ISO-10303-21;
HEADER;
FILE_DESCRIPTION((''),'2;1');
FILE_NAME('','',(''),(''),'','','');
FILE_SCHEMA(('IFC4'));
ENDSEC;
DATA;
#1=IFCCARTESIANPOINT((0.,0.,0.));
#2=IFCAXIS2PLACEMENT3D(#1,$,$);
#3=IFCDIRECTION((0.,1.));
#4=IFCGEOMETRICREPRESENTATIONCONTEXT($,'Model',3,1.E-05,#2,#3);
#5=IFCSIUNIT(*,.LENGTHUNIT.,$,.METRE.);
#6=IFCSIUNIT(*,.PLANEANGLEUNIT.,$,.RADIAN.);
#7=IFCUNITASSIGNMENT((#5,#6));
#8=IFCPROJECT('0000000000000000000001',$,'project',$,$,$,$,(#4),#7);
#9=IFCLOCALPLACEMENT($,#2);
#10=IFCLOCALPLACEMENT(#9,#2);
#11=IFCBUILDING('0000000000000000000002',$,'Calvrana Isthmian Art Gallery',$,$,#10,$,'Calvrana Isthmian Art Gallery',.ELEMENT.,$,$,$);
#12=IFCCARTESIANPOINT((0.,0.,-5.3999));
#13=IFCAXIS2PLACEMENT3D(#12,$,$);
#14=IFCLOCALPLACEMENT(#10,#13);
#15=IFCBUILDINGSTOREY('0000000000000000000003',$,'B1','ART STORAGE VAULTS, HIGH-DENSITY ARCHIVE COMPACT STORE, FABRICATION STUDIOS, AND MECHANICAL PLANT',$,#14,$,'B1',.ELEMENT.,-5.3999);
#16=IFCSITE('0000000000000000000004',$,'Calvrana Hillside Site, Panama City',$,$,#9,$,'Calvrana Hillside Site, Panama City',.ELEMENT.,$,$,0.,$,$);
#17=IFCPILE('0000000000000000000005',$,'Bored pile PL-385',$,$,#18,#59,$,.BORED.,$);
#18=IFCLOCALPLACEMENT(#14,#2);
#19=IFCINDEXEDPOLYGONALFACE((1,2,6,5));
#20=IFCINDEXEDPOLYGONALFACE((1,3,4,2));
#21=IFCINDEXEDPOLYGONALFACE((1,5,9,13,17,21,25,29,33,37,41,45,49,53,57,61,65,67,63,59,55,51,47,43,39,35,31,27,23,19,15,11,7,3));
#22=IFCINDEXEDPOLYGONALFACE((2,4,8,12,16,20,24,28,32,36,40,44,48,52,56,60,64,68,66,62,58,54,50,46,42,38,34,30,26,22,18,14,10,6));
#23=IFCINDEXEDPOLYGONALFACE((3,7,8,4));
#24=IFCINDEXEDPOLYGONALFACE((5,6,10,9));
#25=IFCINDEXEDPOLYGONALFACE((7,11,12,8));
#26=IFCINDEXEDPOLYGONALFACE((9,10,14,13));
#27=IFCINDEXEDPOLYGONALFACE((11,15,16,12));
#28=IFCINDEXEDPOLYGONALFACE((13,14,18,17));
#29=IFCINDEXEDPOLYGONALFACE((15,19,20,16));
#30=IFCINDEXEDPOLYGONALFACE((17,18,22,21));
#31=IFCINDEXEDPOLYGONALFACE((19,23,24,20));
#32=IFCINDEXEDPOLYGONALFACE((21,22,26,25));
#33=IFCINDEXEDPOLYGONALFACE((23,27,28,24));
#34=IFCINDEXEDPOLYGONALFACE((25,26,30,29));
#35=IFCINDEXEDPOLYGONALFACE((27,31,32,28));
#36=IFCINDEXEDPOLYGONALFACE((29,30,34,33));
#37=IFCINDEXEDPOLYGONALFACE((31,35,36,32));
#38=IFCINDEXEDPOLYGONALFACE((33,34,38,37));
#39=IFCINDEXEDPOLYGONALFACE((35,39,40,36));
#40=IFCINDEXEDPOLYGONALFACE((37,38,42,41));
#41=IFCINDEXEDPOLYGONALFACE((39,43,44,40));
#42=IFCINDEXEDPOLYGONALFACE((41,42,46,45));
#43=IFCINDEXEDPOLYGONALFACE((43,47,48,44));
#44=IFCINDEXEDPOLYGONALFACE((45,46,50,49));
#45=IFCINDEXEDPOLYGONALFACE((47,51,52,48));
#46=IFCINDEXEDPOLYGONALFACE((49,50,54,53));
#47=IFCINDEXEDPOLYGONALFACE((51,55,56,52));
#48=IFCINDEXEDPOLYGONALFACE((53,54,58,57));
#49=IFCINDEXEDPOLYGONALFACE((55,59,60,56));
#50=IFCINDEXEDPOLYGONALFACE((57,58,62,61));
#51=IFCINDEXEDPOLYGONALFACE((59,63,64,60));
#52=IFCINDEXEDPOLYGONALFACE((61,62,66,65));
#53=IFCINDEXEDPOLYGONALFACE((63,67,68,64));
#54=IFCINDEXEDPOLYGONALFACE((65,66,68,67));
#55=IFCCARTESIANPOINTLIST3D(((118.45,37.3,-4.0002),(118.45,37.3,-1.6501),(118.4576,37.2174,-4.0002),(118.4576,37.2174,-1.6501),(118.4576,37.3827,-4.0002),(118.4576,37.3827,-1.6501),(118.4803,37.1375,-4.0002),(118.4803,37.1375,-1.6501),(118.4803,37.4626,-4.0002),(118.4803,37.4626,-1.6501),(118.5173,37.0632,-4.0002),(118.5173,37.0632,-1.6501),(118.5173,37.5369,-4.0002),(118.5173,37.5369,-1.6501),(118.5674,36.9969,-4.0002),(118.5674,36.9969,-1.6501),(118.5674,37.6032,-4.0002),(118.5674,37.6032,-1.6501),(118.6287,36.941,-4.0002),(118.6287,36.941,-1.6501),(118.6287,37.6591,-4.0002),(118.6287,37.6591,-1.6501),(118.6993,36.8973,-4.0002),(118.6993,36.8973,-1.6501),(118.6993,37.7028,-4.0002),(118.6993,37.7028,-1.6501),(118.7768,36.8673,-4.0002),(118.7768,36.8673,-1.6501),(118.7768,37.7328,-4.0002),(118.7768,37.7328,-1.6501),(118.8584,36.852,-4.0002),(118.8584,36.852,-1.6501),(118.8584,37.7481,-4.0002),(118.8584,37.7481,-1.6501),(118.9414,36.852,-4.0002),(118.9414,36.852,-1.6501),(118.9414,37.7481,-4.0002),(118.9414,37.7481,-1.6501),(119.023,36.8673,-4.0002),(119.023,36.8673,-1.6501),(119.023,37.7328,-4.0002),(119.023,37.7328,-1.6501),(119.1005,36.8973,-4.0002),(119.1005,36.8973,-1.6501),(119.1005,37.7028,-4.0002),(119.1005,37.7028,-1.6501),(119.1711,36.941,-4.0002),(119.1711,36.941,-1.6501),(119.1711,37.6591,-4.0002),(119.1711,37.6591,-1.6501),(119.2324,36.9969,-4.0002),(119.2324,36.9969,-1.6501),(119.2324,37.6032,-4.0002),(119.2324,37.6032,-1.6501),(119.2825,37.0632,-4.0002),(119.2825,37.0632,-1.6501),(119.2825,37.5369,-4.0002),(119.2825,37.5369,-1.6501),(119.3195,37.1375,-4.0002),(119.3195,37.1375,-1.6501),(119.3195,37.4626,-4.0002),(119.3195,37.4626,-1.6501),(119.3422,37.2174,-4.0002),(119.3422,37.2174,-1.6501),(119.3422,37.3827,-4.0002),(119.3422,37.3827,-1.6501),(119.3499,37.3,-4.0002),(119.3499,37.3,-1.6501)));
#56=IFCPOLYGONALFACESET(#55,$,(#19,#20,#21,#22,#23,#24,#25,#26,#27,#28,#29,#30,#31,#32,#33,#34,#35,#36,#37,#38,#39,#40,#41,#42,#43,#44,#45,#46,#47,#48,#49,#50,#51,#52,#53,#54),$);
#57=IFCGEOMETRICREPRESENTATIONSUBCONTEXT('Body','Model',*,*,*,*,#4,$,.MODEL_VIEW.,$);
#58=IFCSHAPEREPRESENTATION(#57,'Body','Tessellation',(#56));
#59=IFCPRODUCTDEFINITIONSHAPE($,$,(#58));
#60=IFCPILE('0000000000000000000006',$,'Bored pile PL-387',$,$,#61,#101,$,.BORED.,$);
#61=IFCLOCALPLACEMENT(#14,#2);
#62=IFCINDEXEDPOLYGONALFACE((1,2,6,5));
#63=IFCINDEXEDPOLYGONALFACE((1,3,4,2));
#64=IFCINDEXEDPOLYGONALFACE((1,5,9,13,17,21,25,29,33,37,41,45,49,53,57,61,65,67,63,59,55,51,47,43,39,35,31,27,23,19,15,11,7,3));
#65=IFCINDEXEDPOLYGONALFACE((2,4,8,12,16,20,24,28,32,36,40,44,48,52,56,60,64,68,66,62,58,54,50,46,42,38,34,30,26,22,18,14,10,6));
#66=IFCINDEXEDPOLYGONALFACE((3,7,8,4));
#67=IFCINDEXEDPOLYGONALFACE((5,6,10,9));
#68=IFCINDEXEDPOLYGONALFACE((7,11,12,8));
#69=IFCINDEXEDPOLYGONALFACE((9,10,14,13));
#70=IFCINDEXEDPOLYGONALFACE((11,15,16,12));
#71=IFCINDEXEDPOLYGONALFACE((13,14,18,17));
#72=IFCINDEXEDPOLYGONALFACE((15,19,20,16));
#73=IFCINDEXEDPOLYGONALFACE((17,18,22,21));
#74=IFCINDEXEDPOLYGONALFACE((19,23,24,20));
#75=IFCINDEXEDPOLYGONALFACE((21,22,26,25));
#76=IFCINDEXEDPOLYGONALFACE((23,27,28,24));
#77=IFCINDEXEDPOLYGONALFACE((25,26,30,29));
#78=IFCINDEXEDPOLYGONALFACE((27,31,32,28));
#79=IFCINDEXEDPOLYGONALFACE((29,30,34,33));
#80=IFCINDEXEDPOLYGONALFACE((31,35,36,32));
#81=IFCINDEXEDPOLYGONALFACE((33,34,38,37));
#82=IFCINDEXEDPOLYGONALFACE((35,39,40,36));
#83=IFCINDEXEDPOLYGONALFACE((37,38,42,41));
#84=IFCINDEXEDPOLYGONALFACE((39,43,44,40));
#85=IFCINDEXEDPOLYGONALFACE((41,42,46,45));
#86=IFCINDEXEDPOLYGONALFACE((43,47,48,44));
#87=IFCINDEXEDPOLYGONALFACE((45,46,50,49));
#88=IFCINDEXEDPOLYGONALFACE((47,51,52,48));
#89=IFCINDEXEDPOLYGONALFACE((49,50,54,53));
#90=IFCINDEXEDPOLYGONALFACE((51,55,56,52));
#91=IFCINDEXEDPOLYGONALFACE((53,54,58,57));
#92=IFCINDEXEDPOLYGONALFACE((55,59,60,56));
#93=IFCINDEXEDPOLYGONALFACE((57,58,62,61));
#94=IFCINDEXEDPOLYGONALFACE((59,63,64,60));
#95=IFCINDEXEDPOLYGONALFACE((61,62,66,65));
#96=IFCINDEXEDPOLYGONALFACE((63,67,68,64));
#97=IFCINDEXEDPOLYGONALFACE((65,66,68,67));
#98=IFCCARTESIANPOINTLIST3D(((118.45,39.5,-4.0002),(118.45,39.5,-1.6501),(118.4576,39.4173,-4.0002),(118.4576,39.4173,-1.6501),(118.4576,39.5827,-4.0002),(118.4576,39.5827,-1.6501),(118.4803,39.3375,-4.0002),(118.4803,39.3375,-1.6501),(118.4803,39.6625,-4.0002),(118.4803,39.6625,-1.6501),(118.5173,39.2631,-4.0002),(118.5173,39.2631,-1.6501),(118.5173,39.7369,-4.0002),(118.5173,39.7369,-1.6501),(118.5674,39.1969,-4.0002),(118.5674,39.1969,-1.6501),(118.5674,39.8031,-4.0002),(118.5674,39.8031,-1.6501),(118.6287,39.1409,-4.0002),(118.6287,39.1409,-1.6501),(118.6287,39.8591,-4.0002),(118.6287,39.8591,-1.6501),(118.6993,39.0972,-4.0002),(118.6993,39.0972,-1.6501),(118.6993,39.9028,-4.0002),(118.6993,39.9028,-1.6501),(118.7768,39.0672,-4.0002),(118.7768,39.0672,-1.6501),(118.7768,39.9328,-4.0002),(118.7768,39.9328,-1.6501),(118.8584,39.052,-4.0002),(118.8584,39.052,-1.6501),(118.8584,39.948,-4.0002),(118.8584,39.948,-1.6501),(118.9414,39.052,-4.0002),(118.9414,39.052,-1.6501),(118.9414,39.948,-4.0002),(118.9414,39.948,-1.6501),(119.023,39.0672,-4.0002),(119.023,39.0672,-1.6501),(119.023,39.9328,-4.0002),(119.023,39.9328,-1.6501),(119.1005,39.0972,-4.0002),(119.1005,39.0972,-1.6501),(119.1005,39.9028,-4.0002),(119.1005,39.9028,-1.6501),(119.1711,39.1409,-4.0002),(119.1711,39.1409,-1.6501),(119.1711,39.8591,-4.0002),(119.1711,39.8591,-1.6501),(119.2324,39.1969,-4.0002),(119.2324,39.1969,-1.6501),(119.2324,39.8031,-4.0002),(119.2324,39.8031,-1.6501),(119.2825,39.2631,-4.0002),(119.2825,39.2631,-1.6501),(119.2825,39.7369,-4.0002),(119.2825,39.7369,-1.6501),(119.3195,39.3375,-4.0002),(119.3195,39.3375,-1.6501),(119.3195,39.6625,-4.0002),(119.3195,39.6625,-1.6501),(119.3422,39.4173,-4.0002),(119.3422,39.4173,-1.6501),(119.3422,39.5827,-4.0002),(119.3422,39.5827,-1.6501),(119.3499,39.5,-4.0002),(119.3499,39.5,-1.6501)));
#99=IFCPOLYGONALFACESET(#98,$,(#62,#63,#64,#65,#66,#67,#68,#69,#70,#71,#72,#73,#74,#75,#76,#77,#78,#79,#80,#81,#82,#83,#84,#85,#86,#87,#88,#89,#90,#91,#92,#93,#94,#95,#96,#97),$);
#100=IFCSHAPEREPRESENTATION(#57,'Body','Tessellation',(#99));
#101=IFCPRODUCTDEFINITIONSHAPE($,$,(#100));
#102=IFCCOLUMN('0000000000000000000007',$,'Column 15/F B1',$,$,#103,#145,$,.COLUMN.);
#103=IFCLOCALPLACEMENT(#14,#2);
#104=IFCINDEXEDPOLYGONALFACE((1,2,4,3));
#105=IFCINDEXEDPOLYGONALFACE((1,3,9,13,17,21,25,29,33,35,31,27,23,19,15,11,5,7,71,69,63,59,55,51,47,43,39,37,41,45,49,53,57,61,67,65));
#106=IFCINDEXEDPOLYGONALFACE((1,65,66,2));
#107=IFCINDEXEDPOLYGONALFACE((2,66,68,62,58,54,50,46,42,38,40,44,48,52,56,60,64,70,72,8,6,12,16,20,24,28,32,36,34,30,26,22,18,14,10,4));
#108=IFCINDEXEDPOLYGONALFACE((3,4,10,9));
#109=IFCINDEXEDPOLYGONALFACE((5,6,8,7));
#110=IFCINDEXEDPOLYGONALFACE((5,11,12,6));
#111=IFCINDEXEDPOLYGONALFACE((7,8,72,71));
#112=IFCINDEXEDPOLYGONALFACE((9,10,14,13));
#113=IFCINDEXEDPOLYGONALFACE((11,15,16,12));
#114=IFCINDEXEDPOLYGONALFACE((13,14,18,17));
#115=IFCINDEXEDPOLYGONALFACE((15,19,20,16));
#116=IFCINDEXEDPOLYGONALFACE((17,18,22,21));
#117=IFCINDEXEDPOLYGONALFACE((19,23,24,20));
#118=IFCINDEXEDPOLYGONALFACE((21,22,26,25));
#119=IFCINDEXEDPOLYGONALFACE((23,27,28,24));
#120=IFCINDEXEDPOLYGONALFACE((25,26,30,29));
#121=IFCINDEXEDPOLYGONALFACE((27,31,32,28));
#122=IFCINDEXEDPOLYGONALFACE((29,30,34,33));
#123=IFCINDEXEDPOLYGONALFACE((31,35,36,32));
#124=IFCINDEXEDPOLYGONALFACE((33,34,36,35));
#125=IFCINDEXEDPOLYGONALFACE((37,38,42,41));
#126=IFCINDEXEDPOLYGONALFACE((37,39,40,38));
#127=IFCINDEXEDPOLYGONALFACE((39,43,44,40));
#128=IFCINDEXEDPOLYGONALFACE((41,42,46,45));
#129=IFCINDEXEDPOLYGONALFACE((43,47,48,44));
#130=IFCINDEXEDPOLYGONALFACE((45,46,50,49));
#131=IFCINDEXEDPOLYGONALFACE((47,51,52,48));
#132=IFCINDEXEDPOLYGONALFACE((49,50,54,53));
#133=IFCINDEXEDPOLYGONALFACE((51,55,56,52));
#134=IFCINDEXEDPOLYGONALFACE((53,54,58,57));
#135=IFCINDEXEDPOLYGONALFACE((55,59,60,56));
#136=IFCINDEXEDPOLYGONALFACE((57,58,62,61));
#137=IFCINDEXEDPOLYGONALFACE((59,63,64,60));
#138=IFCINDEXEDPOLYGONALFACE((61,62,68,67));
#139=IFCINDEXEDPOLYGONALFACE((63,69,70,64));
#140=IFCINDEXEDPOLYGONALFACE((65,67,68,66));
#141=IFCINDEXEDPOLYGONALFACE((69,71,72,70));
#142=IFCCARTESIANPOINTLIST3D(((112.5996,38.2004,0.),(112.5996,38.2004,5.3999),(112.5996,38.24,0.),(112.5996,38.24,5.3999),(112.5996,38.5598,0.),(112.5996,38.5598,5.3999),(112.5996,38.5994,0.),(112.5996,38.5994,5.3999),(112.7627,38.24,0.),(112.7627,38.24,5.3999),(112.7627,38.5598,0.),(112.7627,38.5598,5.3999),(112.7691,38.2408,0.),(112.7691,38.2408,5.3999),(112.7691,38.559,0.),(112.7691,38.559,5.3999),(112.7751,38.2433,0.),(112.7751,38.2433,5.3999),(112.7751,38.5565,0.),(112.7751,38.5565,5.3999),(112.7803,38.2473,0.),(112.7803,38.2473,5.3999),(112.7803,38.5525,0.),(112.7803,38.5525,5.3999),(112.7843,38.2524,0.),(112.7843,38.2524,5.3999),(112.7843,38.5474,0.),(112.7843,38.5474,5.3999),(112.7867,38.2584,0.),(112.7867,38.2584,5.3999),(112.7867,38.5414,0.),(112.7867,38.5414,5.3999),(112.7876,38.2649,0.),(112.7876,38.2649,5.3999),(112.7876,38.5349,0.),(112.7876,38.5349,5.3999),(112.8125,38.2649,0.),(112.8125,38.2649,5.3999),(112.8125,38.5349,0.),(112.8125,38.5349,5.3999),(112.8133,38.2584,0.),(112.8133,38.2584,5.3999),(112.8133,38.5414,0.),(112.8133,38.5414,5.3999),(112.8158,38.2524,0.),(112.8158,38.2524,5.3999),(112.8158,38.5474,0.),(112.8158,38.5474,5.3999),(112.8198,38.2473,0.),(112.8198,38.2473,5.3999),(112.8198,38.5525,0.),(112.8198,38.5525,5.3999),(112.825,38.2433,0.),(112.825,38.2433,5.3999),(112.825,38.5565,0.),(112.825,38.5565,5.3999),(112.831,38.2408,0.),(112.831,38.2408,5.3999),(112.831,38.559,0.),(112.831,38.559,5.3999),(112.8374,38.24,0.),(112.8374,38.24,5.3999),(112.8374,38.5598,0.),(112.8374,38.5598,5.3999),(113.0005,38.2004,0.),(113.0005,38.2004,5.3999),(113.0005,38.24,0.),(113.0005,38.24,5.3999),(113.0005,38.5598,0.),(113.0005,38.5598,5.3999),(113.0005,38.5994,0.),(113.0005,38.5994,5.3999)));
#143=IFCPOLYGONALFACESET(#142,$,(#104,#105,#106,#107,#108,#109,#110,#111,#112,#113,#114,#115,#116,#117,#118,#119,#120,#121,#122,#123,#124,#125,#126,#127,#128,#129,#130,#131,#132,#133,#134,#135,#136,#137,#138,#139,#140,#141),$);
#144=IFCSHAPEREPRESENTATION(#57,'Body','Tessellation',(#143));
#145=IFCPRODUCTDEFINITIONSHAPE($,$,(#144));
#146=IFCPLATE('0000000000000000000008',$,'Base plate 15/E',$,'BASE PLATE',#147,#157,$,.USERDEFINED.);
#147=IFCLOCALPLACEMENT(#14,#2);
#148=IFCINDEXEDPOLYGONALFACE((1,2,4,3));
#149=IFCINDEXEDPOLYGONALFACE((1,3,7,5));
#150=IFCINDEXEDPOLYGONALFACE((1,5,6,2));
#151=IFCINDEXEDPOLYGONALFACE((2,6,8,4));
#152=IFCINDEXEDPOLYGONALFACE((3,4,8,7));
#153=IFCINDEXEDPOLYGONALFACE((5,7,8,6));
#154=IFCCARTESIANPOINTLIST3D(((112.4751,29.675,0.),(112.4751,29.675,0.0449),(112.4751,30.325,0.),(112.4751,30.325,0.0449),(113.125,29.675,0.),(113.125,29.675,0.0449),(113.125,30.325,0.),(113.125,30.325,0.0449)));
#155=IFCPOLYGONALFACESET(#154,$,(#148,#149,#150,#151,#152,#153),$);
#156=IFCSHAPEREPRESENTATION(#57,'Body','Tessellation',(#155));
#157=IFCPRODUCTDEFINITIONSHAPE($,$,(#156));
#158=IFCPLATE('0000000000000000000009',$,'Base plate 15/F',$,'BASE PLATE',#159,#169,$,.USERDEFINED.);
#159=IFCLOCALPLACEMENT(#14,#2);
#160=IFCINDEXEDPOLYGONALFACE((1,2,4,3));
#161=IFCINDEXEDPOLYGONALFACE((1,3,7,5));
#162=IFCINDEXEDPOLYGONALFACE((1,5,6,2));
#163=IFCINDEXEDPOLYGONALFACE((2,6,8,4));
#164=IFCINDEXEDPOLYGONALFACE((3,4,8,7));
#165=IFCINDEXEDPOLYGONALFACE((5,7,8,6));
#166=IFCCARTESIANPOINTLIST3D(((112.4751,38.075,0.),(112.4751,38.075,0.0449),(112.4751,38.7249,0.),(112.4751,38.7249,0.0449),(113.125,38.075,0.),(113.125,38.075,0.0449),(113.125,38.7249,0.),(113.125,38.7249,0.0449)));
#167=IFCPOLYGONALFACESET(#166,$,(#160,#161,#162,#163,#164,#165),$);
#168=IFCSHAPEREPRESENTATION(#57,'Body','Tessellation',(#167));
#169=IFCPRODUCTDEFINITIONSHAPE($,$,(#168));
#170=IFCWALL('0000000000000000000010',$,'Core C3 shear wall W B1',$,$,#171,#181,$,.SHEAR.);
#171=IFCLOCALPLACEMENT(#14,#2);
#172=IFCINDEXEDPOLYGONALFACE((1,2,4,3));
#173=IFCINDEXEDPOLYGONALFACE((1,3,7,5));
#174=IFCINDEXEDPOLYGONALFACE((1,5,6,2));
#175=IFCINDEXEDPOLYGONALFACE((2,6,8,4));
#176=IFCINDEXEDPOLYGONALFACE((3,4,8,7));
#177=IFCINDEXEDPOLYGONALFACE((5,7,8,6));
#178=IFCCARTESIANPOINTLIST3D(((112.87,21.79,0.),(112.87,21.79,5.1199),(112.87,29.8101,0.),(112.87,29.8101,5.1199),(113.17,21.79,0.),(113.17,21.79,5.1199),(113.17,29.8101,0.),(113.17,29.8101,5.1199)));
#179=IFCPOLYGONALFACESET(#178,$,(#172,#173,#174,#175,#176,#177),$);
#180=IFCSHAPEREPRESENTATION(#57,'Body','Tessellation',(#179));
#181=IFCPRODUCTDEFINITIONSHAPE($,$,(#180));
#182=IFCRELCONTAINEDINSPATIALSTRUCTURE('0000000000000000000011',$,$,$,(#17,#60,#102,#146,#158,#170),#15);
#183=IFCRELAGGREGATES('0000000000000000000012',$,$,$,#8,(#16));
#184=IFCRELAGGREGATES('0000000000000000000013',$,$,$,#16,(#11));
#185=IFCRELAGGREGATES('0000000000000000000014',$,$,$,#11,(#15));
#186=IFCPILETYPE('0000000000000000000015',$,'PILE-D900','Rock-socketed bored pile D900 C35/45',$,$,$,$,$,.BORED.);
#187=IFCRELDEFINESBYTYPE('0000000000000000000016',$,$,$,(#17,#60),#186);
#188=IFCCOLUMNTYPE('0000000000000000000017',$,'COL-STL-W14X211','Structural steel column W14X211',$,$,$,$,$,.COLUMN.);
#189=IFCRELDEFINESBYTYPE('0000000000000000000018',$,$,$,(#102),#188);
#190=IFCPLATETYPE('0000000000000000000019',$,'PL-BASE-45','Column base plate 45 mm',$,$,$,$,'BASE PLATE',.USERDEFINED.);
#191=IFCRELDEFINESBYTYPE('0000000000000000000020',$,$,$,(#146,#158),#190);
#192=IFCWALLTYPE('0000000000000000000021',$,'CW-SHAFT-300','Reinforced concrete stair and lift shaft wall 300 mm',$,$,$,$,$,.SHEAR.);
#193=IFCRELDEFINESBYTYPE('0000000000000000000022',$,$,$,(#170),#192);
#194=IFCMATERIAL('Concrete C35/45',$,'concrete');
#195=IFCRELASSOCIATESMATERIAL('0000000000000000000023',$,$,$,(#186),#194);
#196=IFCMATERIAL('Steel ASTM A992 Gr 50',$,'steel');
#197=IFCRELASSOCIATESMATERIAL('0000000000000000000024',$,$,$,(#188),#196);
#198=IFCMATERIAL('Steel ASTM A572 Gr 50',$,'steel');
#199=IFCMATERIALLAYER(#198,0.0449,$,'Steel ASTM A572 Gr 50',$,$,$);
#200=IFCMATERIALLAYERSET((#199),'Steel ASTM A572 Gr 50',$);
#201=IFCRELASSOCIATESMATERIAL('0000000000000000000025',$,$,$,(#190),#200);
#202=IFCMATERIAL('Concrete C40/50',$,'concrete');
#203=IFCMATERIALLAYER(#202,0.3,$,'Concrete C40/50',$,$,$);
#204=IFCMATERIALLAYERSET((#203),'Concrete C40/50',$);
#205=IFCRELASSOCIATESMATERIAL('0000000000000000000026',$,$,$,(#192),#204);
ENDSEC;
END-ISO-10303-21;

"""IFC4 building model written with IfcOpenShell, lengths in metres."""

from ifc_helpers import new_model, si_unit, direction, frame, frame_2d, origin, origin_2d, place, context, subcontext, project, spatial, rectangle, circle, i_section, extrude, material, layer, layer_set, material_profile, profile_set, type_object, element, save


model = new_model("IFC4")

# Units and contexts
model_context = context("Model", 3, precision=1e-05, world=origin(), true_north=direction((0.0, 1.0)))
body_context = subcontext(model_context, "Body", "Model", "MODEL_VIEW")
ifc_project = project(units=[si_unit("LENGTHUNIT", "METRE"), si_unit("PLANEANGLEUNIT", "RADIAN")], contexts=[model_context])

# Site, building, storey
site_placement = place(None, origin())
site = spatial("IfcSite", under=ifc_project, at=site_placement, Name="Calvrana Hillside Site, Panama City", LongName="Calvrana Hillside Site, Panama City", CompositionType="ELEMENT", RefElevation=0.0)
building_placement = place(site_placement, origin())
building = spatial("IfcBuilding", under=site, at=building_placement, Name="Calvrana Isthmian Art Gallery", LongName="Calvrana Isthmian Art Gallery", CompositionType="ELEMENT")
storey_placement = place(building_placement, frame((0.0, 0.0, -5.3999)))
storey = spatial("IfcBuildingStorey", under=building, at=storey_placement, Name="B1", Description="ART STORAGE VAULTS, HIGH-DENSITY ARCHIVE COMPACT STORE, FABRICATION STUDIOS, AND MECHANICAL PLANT", LongName="B1", CompositionType="ELEMENT", Elevation=-5.3999)

# Shared definitions
ifc_material_1 = material(Name="Concrete C35/45", Category="concrete")

# Piles
ifc_material_profile_1 = material_profile(ifc_material_1, circle(Radius=0.45, at=origin_2d()), Name="PILE900D")
ifc_profile_set_1 = profile_set([ifc_material_profile_1], Name="Concrete C35/45")
pile_type = type_object("IfcPileType", Name="PILE-D900", Description="Rock-socketed bored pile D900 C35/45", PredefinedType="BORED", material=ifc_profile_set_1)
for number, where, z_axis, x_axis, name in (
    (1, (118.8999, 37.3, -1.6501), (0.0, 0.0, -1.0), (1.0, 0.0, 0.0), "Bored pile PL-385"),
    (2, (118.8999, 39.5, -1.6501), (0.0, 0.0, -1.0), (1.0, 0.0, 0.0), "Bored pile PL-387"),
):
    element("IfcPile", number, at=place(storey_placement, frame(where, z_axis=z_axis, x_axis=x_axis)), inside=storey, type_object=pile_type, Name=name, PredefinedType="BORED", context=body_context, shape_type="SweptSolid", body=[
        extrude(circle(Radius=0.45, at=origin_2d()), origin(), (0.0, 0.0, 1.0), 2.3501),
    ])

# Column
ifc_material_2 = material(Name="Steel ASTM A992 Gr 50", Category="steel")
ifc_material_profile_2 = material_profile(ifc_material_2, i_section(OverallWidth=0.4009, OverallDepth=0.3989, WebThickness=0.0249, FlangeThickness=0.0396, FilletRadius=0.0249, at=origin_2d()), Name="W14X211")
ifc_profile_set_2 = profile_set([ifc_material_profile_2], Name="Steel ASTM A992 Gr 50")
column_type = type_object("IfcColumnType", Name="COL-STL-W14X211", Description="Structural steel column W14X211", PredefinedType="COLUMN", material=ifc_profile_set_2)
column_placement = place(storey_placement, frame((112.8, 38.3999, 0.0), z_axis=(0.0, 0.0, 1.0), x_axis=(1.0, 0.0, 0.0)))
element("IfcColumn", 3, at=column_placement, inside=storey, type_object=column_type, Name="Column 15/F B1", PredefinedType="COLUMN", context=body_context, shape_type="SweptSolid", body=[
    extrude(i_section(OverallWidth=0.4009, OverallDepth=0.3989, WebThickness=0.0249, FlangeThickness=0.0396, FilletRadius=0.0249, at=origin_2d()), origin(), (0.0, 0.0, 1.0), 5.3999),
])

# Plates
ifc_material_3 = material(Name="Steel ASTM A572 Gr 50", Category="steel")
ifc_layer_1 = layer(ifc_material_3, 0.0449, Name="Steel ASTM A572 Gr 50")
ifc_layer_set_1 = layer_set([ifc_layer_1], Name="Steel ASTM A572 Gr 50")
plate_type = type_object("IfcPlateType", Name="PL-BASE-45", Description="Column base plate 45 mm", ElementType="BASE PLATE", PredefinedType="USERDEFINED", material=ifc_layer_set_1)
for number, where, z_axis, x_axis, name in (
    (4, (112.8, 30.0, 0.0), (0.0, 0.0, 1.0), (1.0, 0.0, 0.0), "Base plate 15/E"),
    (5, (112.8, 38.3999, 0.0), (0.0, 0.0, 1.0), (1.0, 0.0, 0.0), "Base plate 15/F"),
):
    element("IfcPlate", number, at=place(storey_placement, frame(where, z_axis=z_axis, x_axis=x_axis)), inside=storey, type_object=plate_type, Name=name, ObjectType="BASE PLATE", PredefinedType="USERDEFINED", context=body_context, shape_type="SweptSolid", body=[
        extrude(rectangle(XDim=0.6499, YDim=0.6499, at=origin_2d()), origin(), (0.0, 0.0, 1.0), 0.0449),
    ])

# Wall
ifc_material_4 = material(Name="Concrete C40/50", Category="concrete")
ifc_layer_2 = layer(ifc_material_4, 0.3, Name="Concrete C40/50")
ifc_layer_set_2 = layer_set([ifc_layer_2], Name="Concrete C40/50")
wall_type_1 = type_object("IfcWallType", Name="CW-SHAFT-300", Description="Reinforced concrete stair and lift shaft wall 300 mm", PredefinedType="SHEAR", material=ifc_layer_set_2)
wall_1_placement = place(storey_placement, frame((113.02, 21.79, 0.0), z_axis=(0.0, 0.0, 1.0), x_axis=(0.0, 1.0, 0.0)))
element("IfcWall", 6, at=wall_1_placement, inside=storey, type_object=wall_type_1, Name="Core C3 shear wall W B1", PredefinedType="SHEAR", context=body_context, shape_type="SweptSolid", body=[
    extrude(rectangle(XDim=8.02, YDim=0.3, at=frame_2d((4.01, 0.0))), origin(), (0.0, 0.0, 1.0), 5.1199),
])

save(model, "model.ifc")
